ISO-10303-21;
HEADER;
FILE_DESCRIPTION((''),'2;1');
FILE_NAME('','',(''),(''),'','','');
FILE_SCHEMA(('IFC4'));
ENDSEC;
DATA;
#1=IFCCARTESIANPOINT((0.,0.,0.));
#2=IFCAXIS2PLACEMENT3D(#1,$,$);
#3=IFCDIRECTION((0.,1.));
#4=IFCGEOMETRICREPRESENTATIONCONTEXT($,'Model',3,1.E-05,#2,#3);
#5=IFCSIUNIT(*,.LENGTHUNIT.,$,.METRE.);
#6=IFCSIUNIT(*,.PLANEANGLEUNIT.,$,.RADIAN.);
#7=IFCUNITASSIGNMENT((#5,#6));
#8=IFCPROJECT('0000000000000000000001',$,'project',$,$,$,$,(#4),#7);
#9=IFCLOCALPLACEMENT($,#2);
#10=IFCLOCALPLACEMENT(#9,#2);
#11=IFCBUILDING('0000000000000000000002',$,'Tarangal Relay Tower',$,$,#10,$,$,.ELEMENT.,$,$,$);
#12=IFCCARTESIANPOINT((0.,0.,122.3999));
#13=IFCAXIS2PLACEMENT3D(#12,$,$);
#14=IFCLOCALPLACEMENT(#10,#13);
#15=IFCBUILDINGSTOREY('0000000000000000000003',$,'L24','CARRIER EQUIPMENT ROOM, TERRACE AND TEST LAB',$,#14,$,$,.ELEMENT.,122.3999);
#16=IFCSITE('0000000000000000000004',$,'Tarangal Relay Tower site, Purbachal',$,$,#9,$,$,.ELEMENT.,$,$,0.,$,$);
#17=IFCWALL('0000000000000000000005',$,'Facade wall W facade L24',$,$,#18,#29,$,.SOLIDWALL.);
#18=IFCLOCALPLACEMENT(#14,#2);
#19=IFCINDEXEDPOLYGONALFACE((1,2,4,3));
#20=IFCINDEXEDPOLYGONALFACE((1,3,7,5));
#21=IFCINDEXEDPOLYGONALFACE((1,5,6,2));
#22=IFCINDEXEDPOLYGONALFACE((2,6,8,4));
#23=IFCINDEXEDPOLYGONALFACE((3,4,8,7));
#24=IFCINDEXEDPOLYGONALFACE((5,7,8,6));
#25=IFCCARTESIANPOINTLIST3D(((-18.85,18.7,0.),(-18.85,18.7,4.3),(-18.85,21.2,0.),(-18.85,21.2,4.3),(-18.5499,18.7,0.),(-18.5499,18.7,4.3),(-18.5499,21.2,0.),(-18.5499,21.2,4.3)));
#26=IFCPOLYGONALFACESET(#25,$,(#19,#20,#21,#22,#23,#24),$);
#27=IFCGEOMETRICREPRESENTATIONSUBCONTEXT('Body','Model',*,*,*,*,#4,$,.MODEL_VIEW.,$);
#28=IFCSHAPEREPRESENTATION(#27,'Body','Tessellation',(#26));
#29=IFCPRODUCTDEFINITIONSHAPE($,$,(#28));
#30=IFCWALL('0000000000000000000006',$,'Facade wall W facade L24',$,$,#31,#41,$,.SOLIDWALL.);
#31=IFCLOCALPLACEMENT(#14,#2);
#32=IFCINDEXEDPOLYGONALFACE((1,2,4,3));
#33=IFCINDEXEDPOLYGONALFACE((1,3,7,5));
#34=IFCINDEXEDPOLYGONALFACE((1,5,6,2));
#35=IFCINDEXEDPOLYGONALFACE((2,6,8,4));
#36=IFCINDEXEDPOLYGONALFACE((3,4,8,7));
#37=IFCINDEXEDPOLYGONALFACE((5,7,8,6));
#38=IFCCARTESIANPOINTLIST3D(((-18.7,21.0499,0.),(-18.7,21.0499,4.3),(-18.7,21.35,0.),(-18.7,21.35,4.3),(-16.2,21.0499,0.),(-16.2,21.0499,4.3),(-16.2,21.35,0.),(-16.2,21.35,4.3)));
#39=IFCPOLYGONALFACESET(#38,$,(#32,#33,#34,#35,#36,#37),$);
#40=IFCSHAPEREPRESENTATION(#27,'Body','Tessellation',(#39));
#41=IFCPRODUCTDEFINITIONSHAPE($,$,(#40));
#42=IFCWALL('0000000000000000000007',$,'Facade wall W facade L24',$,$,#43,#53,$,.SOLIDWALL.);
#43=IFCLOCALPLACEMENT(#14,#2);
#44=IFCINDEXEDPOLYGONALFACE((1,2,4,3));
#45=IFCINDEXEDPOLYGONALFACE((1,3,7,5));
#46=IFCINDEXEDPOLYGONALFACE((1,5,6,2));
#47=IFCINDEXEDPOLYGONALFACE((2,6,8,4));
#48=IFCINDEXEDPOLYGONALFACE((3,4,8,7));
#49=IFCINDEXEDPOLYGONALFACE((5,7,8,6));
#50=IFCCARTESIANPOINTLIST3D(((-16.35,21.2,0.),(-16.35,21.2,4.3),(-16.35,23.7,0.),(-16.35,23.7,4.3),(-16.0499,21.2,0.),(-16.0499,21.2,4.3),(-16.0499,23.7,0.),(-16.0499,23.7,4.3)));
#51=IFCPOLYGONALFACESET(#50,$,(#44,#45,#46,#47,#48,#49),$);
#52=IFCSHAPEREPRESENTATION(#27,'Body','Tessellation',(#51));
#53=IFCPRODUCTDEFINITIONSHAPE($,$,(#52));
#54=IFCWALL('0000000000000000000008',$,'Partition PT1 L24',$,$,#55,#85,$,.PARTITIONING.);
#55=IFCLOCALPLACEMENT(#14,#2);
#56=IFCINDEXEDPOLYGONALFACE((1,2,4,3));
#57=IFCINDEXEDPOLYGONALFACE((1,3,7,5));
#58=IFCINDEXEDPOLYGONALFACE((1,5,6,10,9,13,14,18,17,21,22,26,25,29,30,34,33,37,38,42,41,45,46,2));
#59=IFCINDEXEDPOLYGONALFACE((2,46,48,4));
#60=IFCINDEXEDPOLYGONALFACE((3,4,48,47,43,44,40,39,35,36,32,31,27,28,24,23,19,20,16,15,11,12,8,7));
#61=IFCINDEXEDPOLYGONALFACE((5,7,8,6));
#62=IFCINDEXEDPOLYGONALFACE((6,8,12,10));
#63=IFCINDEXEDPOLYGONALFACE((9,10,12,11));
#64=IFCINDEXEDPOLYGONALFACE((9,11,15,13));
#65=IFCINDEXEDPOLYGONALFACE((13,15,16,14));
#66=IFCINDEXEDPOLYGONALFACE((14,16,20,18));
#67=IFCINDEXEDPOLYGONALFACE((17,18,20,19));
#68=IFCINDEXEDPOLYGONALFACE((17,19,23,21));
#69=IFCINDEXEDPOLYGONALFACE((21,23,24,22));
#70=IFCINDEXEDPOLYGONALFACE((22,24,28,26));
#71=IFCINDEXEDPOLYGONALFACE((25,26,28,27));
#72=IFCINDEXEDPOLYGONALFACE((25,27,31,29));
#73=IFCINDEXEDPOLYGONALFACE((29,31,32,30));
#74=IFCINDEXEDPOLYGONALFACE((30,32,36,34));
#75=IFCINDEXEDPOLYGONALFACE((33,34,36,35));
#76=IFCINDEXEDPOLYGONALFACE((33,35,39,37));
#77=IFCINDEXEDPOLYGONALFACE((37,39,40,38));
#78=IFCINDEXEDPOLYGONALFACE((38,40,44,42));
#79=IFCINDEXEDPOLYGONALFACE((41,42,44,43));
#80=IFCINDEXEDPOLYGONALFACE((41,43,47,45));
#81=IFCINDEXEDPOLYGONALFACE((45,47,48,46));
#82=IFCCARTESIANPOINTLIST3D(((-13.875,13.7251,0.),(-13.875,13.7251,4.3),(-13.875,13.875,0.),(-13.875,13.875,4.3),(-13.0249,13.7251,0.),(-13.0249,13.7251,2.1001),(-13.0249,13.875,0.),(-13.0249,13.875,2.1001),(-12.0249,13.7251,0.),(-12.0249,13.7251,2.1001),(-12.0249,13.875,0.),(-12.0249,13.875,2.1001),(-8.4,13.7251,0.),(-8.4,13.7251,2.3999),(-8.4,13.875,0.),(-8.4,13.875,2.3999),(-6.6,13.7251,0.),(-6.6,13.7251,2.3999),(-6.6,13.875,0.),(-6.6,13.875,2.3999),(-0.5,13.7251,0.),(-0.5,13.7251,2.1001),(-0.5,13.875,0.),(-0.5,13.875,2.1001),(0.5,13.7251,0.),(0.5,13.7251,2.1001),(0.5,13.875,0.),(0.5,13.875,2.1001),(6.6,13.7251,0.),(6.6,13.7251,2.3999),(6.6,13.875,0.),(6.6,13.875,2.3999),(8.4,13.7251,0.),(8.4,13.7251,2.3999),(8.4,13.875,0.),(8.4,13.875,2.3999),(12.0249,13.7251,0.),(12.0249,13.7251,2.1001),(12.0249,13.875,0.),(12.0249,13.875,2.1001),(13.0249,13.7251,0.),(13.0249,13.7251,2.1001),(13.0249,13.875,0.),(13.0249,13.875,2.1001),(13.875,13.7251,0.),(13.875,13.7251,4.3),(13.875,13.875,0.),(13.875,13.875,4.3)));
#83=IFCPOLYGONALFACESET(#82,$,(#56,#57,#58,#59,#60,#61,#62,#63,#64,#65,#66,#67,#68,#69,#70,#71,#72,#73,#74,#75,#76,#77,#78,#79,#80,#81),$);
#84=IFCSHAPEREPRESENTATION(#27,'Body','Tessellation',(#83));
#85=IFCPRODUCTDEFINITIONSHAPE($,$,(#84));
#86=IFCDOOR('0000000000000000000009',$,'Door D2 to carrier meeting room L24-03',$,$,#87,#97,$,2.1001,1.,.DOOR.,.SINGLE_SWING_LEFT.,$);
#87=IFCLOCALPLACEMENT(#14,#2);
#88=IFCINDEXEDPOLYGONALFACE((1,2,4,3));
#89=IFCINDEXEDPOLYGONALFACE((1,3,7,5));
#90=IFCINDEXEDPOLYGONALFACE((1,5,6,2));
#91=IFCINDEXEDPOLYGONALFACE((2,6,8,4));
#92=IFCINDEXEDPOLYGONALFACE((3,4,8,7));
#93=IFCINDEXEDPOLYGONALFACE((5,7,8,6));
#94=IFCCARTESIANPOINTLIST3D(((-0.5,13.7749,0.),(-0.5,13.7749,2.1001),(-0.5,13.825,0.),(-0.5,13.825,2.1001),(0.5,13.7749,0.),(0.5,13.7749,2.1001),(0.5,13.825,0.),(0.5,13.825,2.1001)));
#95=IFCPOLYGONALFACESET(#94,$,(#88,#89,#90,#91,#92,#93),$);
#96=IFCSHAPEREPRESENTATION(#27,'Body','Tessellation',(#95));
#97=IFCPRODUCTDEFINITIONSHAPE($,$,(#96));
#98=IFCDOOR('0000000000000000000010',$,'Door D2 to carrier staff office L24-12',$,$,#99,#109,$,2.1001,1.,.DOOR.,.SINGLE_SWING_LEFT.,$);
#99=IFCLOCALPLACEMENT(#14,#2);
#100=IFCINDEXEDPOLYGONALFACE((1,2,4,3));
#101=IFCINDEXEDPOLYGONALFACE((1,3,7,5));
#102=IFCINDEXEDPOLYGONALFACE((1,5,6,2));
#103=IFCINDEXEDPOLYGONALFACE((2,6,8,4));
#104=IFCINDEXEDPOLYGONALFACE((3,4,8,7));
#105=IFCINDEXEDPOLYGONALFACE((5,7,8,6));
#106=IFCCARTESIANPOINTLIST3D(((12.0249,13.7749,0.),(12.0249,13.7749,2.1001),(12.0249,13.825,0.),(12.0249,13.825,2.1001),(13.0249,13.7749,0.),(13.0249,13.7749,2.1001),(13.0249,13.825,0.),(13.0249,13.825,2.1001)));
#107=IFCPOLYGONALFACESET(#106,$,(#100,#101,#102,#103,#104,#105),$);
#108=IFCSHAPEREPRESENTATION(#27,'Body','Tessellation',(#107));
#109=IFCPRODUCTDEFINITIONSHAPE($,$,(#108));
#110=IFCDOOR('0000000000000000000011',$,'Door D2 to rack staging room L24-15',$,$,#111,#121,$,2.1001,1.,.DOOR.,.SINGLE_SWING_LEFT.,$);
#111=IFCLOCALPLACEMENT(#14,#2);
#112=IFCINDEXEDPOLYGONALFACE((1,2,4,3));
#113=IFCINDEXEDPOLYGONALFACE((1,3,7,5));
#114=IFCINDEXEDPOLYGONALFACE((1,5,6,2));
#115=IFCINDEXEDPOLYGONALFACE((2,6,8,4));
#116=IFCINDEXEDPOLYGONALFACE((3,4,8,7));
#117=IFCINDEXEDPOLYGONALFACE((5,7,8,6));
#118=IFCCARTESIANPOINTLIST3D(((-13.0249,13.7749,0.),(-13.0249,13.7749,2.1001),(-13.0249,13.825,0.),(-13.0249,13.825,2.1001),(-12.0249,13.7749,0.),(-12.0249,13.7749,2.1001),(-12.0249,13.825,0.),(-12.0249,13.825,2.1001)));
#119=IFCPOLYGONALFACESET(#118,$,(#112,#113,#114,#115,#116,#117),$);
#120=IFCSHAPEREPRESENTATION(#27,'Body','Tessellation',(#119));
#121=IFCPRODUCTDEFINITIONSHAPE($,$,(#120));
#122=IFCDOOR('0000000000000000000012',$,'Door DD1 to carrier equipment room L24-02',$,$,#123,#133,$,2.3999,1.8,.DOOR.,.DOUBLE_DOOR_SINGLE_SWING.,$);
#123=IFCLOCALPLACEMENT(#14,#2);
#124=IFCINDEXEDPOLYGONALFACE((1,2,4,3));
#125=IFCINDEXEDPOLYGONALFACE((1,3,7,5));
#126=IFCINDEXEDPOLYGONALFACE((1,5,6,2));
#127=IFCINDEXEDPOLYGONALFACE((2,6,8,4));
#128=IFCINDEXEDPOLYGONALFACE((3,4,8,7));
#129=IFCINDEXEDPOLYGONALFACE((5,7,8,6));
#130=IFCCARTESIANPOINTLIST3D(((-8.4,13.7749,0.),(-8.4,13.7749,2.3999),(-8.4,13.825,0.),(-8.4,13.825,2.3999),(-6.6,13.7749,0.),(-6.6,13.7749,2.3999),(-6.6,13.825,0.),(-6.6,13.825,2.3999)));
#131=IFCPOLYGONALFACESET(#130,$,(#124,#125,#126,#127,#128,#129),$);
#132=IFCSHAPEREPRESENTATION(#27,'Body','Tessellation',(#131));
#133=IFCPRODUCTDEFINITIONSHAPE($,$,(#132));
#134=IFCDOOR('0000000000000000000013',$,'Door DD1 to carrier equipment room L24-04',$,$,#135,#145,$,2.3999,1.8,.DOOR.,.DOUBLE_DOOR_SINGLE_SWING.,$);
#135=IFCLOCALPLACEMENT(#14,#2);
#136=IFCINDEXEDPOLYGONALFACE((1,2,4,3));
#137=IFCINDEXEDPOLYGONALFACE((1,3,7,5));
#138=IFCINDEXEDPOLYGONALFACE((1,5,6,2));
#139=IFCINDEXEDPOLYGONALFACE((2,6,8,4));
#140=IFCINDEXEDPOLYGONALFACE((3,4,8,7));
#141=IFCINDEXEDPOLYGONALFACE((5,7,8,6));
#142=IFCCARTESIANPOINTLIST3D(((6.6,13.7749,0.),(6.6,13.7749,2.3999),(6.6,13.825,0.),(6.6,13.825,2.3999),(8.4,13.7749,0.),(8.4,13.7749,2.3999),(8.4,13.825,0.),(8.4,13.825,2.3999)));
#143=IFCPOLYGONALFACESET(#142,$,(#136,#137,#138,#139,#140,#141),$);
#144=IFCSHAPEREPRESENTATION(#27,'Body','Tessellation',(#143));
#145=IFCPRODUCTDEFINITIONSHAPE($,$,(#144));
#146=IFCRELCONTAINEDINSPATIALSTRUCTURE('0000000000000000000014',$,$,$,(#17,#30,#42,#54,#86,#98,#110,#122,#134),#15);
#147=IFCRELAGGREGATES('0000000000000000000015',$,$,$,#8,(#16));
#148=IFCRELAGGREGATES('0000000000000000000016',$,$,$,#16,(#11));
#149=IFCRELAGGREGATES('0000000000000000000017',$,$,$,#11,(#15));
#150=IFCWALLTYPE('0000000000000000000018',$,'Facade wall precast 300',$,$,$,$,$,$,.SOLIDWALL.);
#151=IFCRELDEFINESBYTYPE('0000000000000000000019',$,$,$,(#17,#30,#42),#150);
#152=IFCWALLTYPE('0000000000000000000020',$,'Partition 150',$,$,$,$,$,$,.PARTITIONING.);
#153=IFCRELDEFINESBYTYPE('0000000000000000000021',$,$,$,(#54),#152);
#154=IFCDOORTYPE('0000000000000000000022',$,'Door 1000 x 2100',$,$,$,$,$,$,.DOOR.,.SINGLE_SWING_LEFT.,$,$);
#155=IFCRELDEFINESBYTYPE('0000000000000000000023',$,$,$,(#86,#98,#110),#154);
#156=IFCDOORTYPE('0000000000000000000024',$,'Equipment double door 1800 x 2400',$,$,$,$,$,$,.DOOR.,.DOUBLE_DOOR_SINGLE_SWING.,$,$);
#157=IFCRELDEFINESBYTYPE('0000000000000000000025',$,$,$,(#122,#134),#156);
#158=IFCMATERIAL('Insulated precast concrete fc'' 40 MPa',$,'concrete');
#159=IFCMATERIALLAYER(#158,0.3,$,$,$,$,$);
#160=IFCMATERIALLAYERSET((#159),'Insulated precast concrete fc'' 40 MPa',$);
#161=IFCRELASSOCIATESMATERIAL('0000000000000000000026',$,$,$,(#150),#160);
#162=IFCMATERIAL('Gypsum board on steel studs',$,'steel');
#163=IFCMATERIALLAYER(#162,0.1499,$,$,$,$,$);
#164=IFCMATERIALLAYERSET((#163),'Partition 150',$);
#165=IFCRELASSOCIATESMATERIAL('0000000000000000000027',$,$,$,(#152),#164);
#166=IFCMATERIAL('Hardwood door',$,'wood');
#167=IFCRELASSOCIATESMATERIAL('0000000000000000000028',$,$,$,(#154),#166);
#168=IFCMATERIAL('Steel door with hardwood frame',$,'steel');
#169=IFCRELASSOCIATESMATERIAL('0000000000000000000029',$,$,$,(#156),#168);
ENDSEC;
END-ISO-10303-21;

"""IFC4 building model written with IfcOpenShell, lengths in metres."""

from ifc_helpers import new_model, si_unit, direction, frame, frame_2d, origin, place, context, subcontext, project, spatial, rectangle, extrude, material, layer, layer_set, type_object, element, fill, save


model = new_model("IFC4")

# Units and contexts
model_context = context("Model", 3, precision=1e-05, world=origin(), true_north=direction((0.0, 1.0)))
body_context = subcontext(model_context, "Body", "Model", "MODEL_VIEW")
ifc_project = project(units=[si_unit("LENGTHUNIT", "METRE"), si_unit("PLANEANGLEUNIT", "RADIAN")], contexts=[model_context])

# Site, building, storey
site_placement = place(None, origin())
site = spatial("IfcSite", under=ifc_project, at=site_placement, Name="Tarangal Relay Tower site, Purbachal", CompositionType="ELEMENT", RefElevation=0.0)
building_placement = place(site_placement, origin())
building = spatial("IfcBuilding", under=site, at=building_placement, Name="Tarangal Relay Tower", CompositionType="ELEMENT")
storey_placement = place(building_placement, frame((0.0, 0.0, 122.3999)))
storey = spatial("IfcBuildingStorey", under=building, at=storey_placement, Name="L24", Description="CARRIER EQUIPMENT ROOM, TERRACE AND TEST LAB", CompositionType="ELEMENT", Elevation=122.3999)

# Shared definitions
ifc_material_1 = material(Name="Insulated precast concrete fc' 40 MPa", Category="concrete")
ifc_layer_1 = layer(ifc_material_1, 0.3)
ifc_layer_set_1 = layer_set([ifc_layer_1], Name="Insulated precast concrete fc' 40 MPa")
wall_type_1 = type_object("IfcWallType", Name="Facade wall precast 300", PredefinedType="SOLIDWALL", material=ifc_layer_set_1)

# Walls
for number, where, z_axis, x_axis, name in (
    (1, (-18.7, 18.7, 0.0), (0.0, 0.0, 1.0), (0.0, 1.0, 0.0), "Facade wall W facade L24"),
    (2, (-18.7, 21.2, 0.0), (0.0, 0.0, 1.0), (1.0, 0.0, 0.0), "Facade wall W facade L24"),
    (3, (-16.2, 21.2, 0.0), (0.0, 0.0, 1.0), (0.0, 1.0, 0.0), "Facade wall W facade L24"),
):
    element("IfcWall", number, at=place(storey_placement, frame(where, z_axis=z_axis, x_axis=x_axis)), inside=storey, type_object=wall_type_1, Name=name, PredefinedType="SOLIDWALL", context=body_context, shape_type="SweptSolid", body=[
        extrude(rectangle(XDim=2.5, YDim=0.3, at=frame_2d((1.25, 0.0))), origin(), (0.0, 0.0, 1.0), 4.3),
    ])

# Wall, openings, doors
ifc_material_2 = material(Name="Gypsum board on steel studs", Category="steel")
ifc_layer_2 = layer(ifc_material_2, 0.1499)
ifc_layer_set_2 = layer_set([ifc_layer_2], Name="Partition 150")
wall_type_2 = type_object("IfcWallType", Name="Partition 150", PredefinedType="PARTITIONING", material=ifc_layer_set_2)
wall_1_placement = place(storey_placement, frame((-13.875, 13.8, 0.0), z_axis=(0.0, 0.0, 1.0), x_axis=(1.0, 0.0, 0.0)))
wall_1 = element("IfcWall", 4, at=wall_1_placement, inside=storey, type_object=wall_type_2, Name="Partition PT1 L24", PredefinedType="PARTITIONING", context=body_context, shape_type="SweptSolid", body=[
    extrude(rectangle(XDim=27.75, YDim=0.1499, at=frame_2d((13.875, 0.0))), origin(), (0.0, 0.0, 1.0), 4.3),
])
opening_1_placement = place(wall_1_placement, frame((5.4751, 0.0, 0.0)))
opening_1 = element("IfcOpeningElement", 5, at=opening_1_placement, cuts=wall_1, PredefinedType="OPENING", context=body_context, shape_type="SweptSolid", body=[
    extrude(rectangle(XDim=1.8, YDim=2.3999, at=frame_2d((0.8999, 1.2))), frame((0.0, 0.085, 0.0), z_axis=(0.0, -1.0, 0.0), x_axis=(1.0, 0.0, 0.0)), (0.0, 0.0, 1.0), 0.1699),
])
opening_2_placement = place(wall_1_placement, frame((13.375, 0.0, 0.0)))
opening_2 = element("IfcOpeningElement", 6, at=opening_2_placement, cuts=wall_1, PredefinedType="OPENING", context=body_context, shape_type="SweptSolid", body=[
    extrude(rectangle(XDim=1.0, YDim=2.1001, at=frame_2d((0.5, 1.05))), frame((0.0, 0.085, 0.0), z_axis=(0.0, -1.0, 0.0), x_axis=(1.0, 0.0, 0.0)), (0.0, 0.0, 1.0), 0.1699),
])
opening_3_placement = place(wall_1_placement, frame((20.4751, 0.0, 0.0)))
opening_3 = element("IfcOpeningElement", 7, at=opening_3_placement, cuts=wall_1, PredefinedType="OPENING", context=body_context, shape_type="SweptSolid", body=[
    extrude(rectangle(XDim=1.8, YDim=2.3999, at=frame_2d((0.8999, 1.2))), frame((0.0, 0.085, 0.0), z_axis=(0.0, -1.0, 0.0), x_axis=(1.0, 0.0, 0.0)), (0.0, 0.0, 1.0), 0.1699),
])
opening_4_placement = place(wall_1_placement, frame((25.8999, 0.0, 0.0)))
opening_4 = element("IfcOpeningElement", 8, at=opening_4_placement, cuts=wall_1, PredefinedType="OPENING", context=body_context, shape_type="SweptSolid", body=[
    extrude(rectangle(XDim=1.0, YDim=2.1001, at=frame_2d((0.5, 1.05))), frame((0.0, 0.085, 0.0), z_axis=(0.0, -1.0, 0.0), x_axis=(1.0, 0.0, 0.0)), (0.0, 0.0, 1.0), 0.1699),
])
opening_5_placement = place(wall_1_placement, frame((0.8501, 0.0, 0.0)))
opening_5 = element("IfcOpeningElement", 9, at=opening_5_placement, cuts=wall_1, PredefinedType="OPENING", context=body_context, shape_type="SweptSolid", body=[
    extrude(rectangle(XDim=1.0, YDim=2.1001, at=frame_2d((0.5, 1.05))), frame((0.0, 0.085, 0.0), z_axis=(0.0, -1.0, 0.0), x_axis=(1.0, 0.0, 0.0)), (0.0, 0.0, 1.0), 0.1699),
])
ifc_material_3 = material(Name="Hardwood door", Category="wood")
door_type_1 = type_object("IfcDoorType", Name="Door 1000 x 2100", OperationType="SINGLE_SWING_LEFT", PredefinedType="DOOR", material=ifc_material_3)
door_1_placement = place(opening_2_placement, origin())
door_1 = element("IfcDoor", 10, at=door_1_placement, inside=storey, type_object=door_type_1, Name="Door D2 to carrier meeting room L24-03", OperationType="SINGLE_SWING_LEFT", OverallHeight=2.1001, OverallWidth=1.0, PredefinedType="DOOR", context=body_context, shape_type="SweptSolid", body=[
    extrude(rectangle(XDim=1.0, YDim=2.1001, at=frame_2d((0.5, 1.05))), frame((0.0, 0.0249, 0.0), z_axis=(0.0, -1.0, 0.0), x_axis=(1.0, 0.0, 0.0)), (0.0, 0.0, 1.0), 0.05),
])
fill(opening_2, door_1)
door_2_placement = place(opening_4_placement, origin())
door_2 = element("IfcDoor", 11, at=door_2_placement, inside=storey, type_object=door_type_1, Name="Door D2 to carrier staff office L24-12", OperationType="SINGLE_SWING_LEFT", OverallHeight=2.1001, OverallWidth=1.0, PredefinedType="DOOR", context=body_context, shape_type="SweptSolid", body=[
    extrude(rectangle(XDim=1.0, YDim=2.1001, at=frame_2d((0.5, 1.05))), frame((0.0, 0.0249, 0.0), z_axis=(0.0, -1.0, 0.0), x_axis=(1.0, 0.0, 0.0)), (0.0, 0.0, 1.0), 0.05),
])
fill(opening_4, door_2)
door_3_placement = place(opening_5_placement, origin())
door_3 = element("IfcDoor", 12, at=door_3_placement, inside=storey, type_object=door_type_1, Name="Door D2 to rack staging room L24-15", OperationType="SINGLE_SWING_LEFT", OverallHeight=2.1001, OverallWidth=1.0, PredefinedType="DOOR", context=body_context, shape_type="SweptSolid", body=[
    extrude(rectangle(XDim=1.0, YDim=2.1001, at=frame_2d((0.5, 1.05))), frame((0.0, 0.0249, 0.0), z_axis=(0.0, -1.0, 0.0), x_axis=(1.0, 0.0, 0.0)), (0.0, 0.0, 1.0), 0.05),
])
fill(opening_5, door_3)
ifc_material_4 = material(Name="Steel door with hardwood frame", Category="steel")
door_type_2 = type_object("IfcDoorType", Name="Equipment double door 1800 x 2400", OperationType="DOUBLE_DOOR_SINGLE_SWING", PredefinedType="DOOR", material=ifc_material_4)
door_4_placement = place(opening_1_placement, origin())
door_4 = element("IfcDoor", 13, at=door_4_placement, inside=storey, type_object=door_type_2, Name="Door DD1 to carrier equipment room L24-02", OperationType="DOUBLE_DOOR_SINGLE_SWING", OverallHeight=2.3999, OverallWidth=1.8, PredefinedType="DOOR", context=body_context, shape_type="SweptSolid", body=[
    extrude(rectangle(XDim=1.8, YDim=2.3999, at=frame_2d((0.8999, 1.2))), frame((0.0, 0.0249, 0.0), z_axis=(0.0, -1.0, 0.0), x_axis=(1.0, 0.0, 0.0)), (0.0, 0.0, 1.0), 0.05),
])
fill(opening_1, door_4)
door_5_placement = place(opening_3_placement, origin())
door_5 = element("IfcDoor", 14, at=door_5_placement, inside=storey, type_object=door_type_2, Name="Door DD1 to carrier equipment room L24-04", OperationType="DOUBLE_DOOR_SINGLE_SWING", OverallHeight=2.3999, OverallWidth=1.8, PredefinedType="DOOR", context=body_context, shape_type="SweptSolid", body=[
    extrude(rectangle(XDim=1.8, YDim=2.3999, at=frame_2d((0.8999, 1.2))), frame((0.0, 0.0249, 0.0), z_axis=(0.0, -1.0, 0.0), x_axis=(1.0, 0.0, 0.0)), (0.0, 0.0, 1.0), 0.05),
])
fill(opening_3, door_5)

save(model, "model.ifc")
